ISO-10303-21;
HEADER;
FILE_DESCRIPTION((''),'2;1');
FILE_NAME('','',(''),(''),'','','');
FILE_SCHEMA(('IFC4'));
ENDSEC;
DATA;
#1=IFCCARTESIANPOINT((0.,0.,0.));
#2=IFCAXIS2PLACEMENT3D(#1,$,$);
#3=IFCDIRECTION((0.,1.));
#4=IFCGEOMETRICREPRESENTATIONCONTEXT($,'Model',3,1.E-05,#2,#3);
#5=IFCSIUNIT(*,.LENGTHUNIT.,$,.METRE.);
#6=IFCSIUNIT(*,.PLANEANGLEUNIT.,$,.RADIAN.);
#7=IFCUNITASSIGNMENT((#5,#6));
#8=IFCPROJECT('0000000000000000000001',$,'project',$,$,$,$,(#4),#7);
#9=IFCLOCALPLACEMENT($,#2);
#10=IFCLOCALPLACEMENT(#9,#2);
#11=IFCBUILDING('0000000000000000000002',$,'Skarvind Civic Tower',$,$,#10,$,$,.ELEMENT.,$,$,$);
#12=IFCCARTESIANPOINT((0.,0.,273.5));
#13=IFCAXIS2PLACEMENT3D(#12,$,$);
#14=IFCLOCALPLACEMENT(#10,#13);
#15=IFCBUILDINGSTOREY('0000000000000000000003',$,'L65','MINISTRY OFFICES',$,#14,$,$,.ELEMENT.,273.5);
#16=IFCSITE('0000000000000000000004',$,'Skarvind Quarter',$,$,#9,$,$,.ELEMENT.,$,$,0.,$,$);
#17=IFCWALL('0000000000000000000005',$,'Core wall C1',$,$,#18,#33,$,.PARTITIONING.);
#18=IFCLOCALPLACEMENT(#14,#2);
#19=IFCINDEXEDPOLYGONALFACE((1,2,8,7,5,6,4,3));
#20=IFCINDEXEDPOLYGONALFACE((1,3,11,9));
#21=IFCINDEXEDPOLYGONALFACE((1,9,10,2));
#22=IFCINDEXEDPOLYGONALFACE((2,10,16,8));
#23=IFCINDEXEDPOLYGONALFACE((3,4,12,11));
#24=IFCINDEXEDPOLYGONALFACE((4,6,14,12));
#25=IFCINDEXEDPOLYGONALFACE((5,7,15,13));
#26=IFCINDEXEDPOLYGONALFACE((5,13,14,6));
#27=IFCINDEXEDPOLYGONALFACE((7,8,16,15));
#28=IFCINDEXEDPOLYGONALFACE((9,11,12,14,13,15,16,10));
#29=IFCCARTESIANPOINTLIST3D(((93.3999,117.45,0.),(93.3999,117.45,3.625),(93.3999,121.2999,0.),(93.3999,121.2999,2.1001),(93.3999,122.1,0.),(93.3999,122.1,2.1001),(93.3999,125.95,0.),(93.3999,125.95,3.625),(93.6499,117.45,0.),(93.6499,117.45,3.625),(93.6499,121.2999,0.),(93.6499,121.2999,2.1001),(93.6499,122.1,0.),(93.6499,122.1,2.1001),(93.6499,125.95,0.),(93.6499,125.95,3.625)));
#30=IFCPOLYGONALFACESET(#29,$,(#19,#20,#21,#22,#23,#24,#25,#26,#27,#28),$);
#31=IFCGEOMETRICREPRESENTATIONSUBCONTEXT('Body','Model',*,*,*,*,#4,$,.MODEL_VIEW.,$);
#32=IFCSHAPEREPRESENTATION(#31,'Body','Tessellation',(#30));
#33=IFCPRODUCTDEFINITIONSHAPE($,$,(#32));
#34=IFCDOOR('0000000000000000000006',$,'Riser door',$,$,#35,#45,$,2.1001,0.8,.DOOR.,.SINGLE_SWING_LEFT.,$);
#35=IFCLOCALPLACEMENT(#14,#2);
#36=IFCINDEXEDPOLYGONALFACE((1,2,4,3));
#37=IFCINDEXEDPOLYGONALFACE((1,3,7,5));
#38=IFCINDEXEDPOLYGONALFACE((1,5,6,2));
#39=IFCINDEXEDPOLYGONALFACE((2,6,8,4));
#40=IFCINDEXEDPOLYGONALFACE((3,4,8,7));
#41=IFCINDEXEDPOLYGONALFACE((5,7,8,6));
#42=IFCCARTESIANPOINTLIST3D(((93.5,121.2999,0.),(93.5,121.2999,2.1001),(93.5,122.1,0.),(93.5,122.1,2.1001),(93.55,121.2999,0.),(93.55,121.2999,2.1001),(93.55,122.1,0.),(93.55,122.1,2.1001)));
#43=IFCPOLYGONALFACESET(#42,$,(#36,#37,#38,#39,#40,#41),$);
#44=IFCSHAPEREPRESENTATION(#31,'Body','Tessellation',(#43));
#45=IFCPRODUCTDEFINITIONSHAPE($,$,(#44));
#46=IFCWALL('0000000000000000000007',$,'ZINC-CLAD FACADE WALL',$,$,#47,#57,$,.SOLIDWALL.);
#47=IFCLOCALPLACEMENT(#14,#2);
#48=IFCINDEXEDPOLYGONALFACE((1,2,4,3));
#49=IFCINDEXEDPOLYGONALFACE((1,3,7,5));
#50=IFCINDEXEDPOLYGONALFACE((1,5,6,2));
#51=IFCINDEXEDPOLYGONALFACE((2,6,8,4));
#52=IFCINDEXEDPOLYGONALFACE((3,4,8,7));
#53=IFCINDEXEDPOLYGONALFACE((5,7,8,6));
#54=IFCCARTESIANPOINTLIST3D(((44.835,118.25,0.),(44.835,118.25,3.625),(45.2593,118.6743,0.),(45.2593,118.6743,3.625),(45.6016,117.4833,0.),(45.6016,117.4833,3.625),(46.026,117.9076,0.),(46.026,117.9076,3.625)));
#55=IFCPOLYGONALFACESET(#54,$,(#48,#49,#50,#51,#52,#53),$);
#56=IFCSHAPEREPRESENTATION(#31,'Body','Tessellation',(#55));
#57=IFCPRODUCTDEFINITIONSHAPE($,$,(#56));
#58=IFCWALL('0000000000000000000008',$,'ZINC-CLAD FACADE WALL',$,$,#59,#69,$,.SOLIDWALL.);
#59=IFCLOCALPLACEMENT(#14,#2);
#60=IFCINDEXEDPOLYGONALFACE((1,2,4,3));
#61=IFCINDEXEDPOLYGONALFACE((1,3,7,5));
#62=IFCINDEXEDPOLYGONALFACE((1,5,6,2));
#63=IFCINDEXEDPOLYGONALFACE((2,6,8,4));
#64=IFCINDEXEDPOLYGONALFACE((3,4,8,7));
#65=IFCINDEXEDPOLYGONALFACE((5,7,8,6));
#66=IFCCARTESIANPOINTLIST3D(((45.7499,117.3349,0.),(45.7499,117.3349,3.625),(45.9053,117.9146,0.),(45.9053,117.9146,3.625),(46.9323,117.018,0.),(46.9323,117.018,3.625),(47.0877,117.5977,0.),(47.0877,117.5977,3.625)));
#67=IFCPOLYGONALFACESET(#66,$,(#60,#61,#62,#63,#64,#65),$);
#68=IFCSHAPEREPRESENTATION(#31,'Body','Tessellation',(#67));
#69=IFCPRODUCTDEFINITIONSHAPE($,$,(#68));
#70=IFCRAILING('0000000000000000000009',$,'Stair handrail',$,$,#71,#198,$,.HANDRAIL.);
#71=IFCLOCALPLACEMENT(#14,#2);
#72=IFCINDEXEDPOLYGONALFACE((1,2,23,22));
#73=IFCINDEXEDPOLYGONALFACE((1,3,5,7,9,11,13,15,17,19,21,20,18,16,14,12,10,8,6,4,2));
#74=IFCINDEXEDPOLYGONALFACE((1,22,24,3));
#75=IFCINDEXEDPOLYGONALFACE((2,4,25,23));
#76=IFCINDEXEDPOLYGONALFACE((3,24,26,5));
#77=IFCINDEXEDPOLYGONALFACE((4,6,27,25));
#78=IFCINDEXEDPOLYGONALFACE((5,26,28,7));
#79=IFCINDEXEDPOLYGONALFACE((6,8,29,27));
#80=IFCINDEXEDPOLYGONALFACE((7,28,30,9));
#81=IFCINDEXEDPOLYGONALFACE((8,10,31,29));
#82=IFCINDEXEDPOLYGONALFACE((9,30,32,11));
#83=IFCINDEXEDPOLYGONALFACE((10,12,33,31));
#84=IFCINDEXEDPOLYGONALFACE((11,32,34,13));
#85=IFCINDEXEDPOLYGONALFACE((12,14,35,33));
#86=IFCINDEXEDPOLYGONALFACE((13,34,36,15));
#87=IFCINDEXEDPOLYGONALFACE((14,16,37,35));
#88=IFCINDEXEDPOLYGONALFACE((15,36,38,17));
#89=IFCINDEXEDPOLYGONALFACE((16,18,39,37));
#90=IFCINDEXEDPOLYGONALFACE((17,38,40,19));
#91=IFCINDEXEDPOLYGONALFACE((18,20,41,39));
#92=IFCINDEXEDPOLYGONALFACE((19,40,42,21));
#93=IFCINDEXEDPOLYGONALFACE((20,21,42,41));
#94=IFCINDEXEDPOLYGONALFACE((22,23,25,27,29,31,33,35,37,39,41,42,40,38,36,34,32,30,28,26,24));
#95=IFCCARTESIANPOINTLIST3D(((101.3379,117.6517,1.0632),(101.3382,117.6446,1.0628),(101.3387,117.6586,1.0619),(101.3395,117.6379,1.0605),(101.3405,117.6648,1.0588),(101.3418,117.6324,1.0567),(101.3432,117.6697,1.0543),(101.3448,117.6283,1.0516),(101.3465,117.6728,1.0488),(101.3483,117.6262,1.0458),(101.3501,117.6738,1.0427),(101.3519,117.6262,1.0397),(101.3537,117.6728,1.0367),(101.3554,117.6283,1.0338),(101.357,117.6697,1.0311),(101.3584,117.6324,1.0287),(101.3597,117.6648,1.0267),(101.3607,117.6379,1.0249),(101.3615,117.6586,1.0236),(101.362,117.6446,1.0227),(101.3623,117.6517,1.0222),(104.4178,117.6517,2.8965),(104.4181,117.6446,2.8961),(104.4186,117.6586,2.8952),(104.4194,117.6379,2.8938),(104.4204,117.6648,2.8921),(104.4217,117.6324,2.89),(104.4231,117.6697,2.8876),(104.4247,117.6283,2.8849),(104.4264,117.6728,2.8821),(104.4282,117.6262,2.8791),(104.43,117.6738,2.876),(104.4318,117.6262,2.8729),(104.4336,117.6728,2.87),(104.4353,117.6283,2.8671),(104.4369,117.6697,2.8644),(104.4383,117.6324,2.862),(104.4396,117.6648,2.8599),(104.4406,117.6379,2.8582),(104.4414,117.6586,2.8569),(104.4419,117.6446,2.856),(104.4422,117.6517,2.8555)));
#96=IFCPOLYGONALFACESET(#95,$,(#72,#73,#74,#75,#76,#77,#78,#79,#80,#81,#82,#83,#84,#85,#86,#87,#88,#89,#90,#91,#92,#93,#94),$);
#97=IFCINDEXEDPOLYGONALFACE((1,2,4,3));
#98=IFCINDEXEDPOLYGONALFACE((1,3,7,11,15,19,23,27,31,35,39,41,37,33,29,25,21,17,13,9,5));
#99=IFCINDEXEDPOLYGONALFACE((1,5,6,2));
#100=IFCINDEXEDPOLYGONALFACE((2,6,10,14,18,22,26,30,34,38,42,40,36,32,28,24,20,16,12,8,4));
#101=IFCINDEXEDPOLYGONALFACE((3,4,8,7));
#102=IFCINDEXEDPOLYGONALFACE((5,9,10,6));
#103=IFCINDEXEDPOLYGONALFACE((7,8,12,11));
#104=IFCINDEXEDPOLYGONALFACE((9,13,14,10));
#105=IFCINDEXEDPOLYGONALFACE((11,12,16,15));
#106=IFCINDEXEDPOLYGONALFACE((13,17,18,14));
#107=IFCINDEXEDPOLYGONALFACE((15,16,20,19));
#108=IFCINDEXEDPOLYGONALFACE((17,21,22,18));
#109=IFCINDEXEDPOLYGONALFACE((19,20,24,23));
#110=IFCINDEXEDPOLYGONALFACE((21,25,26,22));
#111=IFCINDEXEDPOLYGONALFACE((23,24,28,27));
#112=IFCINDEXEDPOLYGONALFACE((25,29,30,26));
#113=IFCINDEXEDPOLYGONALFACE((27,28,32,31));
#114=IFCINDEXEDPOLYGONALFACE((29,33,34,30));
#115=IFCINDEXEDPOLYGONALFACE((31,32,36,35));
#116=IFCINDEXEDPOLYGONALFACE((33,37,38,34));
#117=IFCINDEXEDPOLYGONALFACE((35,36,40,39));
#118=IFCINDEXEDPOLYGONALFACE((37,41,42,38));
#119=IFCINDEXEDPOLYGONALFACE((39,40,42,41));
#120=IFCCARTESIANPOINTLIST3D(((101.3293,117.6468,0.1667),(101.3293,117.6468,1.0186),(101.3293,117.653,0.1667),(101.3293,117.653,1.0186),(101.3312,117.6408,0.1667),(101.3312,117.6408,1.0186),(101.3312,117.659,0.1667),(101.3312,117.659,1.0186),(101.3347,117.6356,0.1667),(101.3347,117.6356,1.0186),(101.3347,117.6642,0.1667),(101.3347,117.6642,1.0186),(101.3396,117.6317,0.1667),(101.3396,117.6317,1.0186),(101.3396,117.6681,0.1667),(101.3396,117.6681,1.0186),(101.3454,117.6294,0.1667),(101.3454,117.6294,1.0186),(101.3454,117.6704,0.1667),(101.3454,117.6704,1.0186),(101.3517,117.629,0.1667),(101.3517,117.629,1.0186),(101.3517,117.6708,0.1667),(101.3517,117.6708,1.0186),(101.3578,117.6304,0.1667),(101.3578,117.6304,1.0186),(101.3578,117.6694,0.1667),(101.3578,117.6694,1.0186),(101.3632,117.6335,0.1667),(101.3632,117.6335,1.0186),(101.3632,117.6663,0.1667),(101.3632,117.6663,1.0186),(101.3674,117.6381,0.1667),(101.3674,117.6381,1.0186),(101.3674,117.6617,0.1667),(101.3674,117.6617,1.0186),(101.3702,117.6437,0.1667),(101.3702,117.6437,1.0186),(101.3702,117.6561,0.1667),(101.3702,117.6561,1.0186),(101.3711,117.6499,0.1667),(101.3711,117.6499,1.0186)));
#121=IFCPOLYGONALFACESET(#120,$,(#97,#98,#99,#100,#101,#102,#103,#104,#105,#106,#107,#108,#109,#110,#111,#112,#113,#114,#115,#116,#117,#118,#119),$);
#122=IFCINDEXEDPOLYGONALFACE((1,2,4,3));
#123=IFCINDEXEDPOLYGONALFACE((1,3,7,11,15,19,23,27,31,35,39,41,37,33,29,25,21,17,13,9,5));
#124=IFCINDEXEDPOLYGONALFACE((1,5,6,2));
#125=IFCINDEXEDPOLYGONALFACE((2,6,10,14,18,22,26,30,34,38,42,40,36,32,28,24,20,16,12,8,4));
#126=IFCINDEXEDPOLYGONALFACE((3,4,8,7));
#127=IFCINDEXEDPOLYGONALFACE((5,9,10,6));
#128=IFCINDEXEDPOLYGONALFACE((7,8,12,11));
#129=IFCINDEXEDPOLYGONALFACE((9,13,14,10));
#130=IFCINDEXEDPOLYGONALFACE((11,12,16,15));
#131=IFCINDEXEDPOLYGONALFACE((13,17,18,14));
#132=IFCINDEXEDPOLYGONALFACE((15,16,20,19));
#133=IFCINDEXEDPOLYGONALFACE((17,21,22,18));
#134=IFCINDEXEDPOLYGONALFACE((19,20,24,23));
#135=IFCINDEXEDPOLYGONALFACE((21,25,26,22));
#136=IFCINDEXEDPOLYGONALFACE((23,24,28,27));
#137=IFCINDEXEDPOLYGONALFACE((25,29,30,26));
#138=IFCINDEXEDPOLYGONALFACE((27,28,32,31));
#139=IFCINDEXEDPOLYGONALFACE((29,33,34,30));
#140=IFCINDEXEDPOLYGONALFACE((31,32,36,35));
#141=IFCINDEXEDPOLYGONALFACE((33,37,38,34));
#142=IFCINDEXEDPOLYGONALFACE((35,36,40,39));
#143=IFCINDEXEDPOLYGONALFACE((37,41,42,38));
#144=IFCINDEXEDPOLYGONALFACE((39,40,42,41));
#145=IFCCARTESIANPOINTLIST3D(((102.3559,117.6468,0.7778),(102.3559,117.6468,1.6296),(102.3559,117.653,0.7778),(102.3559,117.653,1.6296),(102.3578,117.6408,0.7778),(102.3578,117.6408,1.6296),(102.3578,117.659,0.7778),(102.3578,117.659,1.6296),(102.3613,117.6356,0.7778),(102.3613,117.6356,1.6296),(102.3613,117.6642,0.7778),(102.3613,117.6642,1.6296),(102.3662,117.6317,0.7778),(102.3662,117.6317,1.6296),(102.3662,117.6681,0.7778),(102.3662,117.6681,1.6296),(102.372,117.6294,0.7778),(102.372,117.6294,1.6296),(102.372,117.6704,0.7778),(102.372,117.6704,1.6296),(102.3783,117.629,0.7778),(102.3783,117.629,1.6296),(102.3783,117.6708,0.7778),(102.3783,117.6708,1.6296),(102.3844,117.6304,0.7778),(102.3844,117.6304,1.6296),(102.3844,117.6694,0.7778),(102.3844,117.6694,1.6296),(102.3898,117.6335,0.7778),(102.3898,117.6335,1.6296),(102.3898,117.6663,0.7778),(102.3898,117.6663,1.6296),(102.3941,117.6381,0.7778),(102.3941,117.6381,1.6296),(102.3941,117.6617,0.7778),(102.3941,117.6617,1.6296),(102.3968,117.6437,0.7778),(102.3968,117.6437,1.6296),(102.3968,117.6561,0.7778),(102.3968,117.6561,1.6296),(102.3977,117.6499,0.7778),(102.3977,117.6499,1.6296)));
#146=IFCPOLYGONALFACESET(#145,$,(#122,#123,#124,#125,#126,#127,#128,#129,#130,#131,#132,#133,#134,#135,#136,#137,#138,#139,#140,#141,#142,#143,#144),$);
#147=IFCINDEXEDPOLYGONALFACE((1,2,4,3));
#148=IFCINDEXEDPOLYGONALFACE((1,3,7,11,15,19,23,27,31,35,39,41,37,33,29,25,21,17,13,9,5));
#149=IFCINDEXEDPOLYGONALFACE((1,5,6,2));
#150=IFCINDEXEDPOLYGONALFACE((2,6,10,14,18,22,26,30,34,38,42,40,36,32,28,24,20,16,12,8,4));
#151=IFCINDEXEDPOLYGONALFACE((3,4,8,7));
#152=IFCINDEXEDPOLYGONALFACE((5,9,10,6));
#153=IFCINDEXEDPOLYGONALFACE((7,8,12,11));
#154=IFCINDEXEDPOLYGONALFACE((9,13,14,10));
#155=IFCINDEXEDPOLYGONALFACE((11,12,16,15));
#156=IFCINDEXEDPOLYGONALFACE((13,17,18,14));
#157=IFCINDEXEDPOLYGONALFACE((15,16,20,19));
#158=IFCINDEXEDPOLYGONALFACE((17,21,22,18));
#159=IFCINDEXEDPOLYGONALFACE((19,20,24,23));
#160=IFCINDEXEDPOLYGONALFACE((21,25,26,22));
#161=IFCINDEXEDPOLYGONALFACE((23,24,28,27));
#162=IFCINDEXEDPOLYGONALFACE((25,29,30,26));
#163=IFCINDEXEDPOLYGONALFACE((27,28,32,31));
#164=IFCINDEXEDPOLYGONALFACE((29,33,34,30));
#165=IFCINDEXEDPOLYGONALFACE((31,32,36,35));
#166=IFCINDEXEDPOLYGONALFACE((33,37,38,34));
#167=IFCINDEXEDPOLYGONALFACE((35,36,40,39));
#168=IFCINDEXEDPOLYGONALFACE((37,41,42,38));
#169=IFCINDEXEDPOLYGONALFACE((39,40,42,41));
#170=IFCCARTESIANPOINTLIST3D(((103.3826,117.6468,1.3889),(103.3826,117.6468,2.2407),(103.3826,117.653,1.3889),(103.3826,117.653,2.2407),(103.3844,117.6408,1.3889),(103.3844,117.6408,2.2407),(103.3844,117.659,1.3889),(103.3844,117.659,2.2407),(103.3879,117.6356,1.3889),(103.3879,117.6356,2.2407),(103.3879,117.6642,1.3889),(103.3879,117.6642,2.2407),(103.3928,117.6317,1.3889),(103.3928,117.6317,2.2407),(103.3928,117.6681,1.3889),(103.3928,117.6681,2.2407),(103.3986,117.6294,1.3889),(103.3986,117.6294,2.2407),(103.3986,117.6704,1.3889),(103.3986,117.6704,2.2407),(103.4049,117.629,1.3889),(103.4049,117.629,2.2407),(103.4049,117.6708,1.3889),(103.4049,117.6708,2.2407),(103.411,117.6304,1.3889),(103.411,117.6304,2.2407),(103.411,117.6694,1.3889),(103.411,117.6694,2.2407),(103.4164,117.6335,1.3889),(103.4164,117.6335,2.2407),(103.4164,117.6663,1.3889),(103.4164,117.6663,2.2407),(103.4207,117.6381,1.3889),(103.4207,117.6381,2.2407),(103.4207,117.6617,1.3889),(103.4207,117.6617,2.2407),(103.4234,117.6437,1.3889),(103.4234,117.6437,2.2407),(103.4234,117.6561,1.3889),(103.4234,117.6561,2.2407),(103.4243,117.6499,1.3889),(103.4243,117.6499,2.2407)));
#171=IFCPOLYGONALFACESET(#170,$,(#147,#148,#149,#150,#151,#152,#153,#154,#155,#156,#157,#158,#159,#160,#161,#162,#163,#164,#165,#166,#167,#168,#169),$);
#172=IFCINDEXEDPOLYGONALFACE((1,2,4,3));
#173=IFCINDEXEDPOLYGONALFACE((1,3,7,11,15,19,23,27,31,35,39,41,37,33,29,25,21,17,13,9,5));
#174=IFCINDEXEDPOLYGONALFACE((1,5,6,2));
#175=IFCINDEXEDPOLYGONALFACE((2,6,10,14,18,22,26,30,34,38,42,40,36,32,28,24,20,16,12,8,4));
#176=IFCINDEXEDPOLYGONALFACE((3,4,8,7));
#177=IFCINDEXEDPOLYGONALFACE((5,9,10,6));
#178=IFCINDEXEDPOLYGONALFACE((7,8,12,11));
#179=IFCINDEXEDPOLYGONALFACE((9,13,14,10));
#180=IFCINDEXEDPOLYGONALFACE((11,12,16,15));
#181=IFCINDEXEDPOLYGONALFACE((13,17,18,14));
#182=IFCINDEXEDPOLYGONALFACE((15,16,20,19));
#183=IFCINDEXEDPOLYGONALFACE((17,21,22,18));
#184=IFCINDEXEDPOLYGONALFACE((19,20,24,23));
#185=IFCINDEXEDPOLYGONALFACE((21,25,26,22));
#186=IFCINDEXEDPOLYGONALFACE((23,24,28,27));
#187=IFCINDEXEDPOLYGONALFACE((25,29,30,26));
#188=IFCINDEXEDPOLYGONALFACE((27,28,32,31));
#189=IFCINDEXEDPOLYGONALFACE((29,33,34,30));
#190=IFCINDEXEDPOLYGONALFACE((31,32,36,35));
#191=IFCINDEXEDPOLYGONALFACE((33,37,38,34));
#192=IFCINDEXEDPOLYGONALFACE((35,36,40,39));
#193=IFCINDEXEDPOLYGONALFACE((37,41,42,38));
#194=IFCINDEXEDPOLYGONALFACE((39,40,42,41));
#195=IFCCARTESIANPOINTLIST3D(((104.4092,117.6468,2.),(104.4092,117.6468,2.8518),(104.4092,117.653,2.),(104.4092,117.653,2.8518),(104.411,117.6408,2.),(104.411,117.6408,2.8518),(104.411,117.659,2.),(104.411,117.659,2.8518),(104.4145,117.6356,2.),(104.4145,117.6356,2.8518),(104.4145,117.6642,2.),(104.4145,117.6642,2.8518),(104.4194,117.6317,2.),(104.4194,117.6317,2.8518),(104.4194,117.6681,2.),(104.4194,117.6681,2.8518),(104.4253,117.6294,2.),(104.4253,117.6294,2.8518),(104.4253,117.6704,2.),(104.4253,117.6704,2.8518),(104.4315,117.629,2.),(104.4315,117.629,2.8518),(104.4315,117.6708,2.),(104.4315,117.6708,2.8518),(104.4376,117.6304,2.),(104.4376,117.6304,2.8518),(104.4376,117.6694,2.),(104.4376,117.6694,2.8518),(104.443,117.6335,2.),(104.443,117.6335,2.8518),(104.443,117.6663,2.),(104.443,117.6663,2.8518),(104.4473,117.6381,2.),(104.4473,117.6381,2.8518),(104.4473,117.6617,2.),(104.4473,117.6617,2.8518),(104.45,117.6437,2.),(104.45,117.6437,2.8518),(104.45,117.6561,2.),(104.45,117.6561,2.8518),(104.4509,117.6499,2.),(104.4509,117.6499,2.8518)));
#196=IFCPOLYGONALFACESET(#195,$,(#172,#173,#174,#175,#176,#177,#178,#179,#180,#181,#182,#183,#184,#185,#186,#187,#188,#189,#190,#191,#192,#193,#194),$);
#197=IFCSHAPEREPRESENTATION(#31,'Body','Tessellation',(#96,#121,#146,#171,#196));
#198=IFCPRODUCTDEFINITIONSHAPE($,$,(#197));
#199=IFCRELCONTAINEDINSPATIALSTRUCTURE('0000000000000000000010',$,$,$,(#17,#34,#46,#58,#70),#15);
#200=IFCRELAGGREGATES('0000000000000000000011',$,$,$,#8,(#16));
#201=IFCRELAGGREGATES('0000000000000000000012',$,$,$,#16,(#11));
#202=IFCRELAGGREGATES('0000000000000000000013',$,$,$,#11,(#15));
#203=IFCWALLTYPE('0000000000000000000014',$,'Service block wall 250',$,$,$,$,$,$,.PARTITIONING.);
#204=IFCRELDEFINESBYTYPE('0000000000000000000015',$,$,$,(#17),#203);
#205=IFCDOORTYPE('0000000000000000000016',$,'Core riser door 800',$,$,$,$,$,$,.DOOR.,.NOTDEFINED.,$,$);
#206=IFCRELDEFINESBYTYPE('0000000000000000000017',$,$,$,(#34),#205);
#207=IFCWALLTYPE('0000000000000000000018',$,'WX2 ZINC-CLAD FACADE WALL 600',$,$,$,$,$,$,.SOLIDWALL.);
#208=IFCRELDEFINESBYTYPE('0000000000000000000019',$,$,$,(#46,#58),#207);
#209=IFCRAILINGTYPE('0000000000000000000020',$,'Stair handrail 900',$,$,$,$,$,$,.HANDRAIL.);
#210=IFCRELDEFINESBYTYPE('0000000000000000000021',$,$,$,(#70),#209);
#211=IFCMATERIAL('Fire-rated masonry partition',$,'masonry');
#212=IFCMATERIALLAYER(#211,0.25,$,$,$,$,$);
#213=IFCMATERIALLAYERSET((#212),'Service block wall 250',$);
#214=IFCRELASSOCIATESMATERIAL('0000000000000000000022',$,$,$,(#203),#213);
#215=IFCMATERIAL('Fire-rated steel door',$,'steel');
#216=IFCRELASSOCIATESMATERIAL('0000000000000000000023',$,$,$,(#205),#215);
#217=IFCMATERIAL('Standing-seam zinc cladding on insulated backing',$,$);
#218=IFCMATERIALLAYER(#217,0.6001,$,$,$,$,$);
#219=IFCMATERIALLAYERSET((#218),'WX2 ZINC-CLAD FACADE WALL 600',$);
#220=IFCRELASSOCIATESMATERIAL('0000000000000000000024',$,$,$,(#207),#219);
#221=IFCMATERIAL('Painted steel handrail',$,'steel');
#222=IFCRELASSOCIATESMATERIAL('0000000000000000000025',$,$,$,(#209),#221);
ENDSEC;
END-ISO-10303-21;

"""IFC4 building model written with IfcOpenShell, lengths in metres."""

from ifc_helpers import new_model, si_unit, direction, frame, frame_2d, origin, origin_2d, place, context, subcontext, project, spatial, rectangle, circle, extrude, material, layer, layer_set, type_object, element, fill, save


model = new_model("IFC4")

# Units and contexts
model_context = context("Model", 3, precision=1e-05, world=origin(), true_north=direction((0.0, 1.0)))
body_context = subcontext(model_context, "Body", "Model", "MODEL_VIEW")
ifc_project = project(units=[si_unit("LENGTHUNIT", "METRE"), si_unit("PLANEANGLEUNIT", "RADIAN")], contexts=[model_context])

# Site, building, storey
site_placement = place(None, origin())
site = spatial("IfcSite", under=ifc_project, at=site_placement, Name="Skarvind Quarter", CompositionType="ELEMENT", RefElevation=0.0)
building_placement = place(site_placement, origin())
building = spatial("IfcBuilding", under=site, at=building_placement, Name="Skarvind Civic Tower", CompositionType="ELEMENT")
storey_placement = place(building_placement, frame((0.0, 0.0, 273.5)))
storey = spatial("IfcBuildingStorey", under=building, at=storey_placement, Name="L65", Description="MINISTRY OFFICES", CompositionType="ELEMENT", Elevation=273.5)

# Shared definitions
ifc_material_1 = material(Name="Fire-rated masonry partition", Category="masonry")
ifc_material_2 = material(Name="Fire-rated steel door", Category="steel")

# Wall, opening, door
ifc_layer_1 = layer(ifc_material_1, 0.25)
ifc_layer_set_1 = layer_set([ifc_layer_1], Name="Service block wall 250")
wall_type_1 = type_object("IfcWallType", Name="Service block wall 250", PredefinedType="PARTITIONING", material=ifc_layer_set_1)
wall_1_placement = place(storey_placement, frame((93.5249, 117.45, 0.0), z_axis=(0.0, 0.0, 1.0), x_axis=(0.0, 1.0, 0.0)))
wall_1 = element("IfcWall", 1, at=wall_1_placement, inside=storey, type_object=wall_type_1, Name="Core wall C1", PredefinedType="PARTITIONING", context=body_context, shape_type="SweptSolid", body=[
    extrude(rectangle(XDim=8.5, YDim=0.25, at=frame_2d((4.25, 0.0))), origin(), (0.0, 0.0, 1.0), 3.625),
])
opening_1_placement = place(wall_1_placement, frame((3.8501, 0.0, 0.0)))
opening_1 = element("IfcOpeningElement", 2, at=opening_1_placement, cuts=wall_1, PredefinedType="OPENING", context=body_context, shape_type="SweptSolid", body=[
    extrude(rectangle(XDim=0.8, YDim=2.1001, at=frame_2d((0.3999, 1.05))), frame((0.0, 0.135, 0.0), z_axis=(0.0, -1.0, 0.0), x_axis=(1.0, 0.0, 0.0)), (0.0, 0.0, 1.0), 0.27),
])
door_type_1 = type_object("IfcDoorType", Name="Core riser door 800", OperationType="NOTDEFINED", PredefinedType="DOOR", material=ifc_material_2)
door_1_placement = place(opening_1_placement, origin())
door_1 = element("IfcDoor", 3, at=door_1_placement, inside=storey, type_object=door_type_1, Name="Riser door", OperationType="SINGLE_SWING_LEFT", OverallHeight=2.1001, OverallWidth=0.8, PredefinedType="DOOR", context=body_context, shape_type="SweptSolid", body=[
    extrude(rectangle(XDim=0.8, YDim=2.1001, at=frame_2d((0.3999, 1.05))), frame((0.0, 0.0249, 0.0), z_axis=(0.0, -1.0, 0.0), x_axis=(1.0, 0.0, 0.0)), (0.0, 0.0, 1.0), 0.05),
])
fill(opening_1, door_1)

# Walls
ifc_material_3 = material(Name="Standing-seam zinc cladding on insulated backing")
ifc_layer_2 = layer(ifc_material_3, 0.6001)
ifc_layer_set_2 = layer_set([ifc_layer_2], Name="WX2 ZINC-CLAD FACADE WALL 600")
wall_type_2 = type_object("IfcWallType", Name="WX2 ZINC-CLAD FACADE WALL 600", PredefinedType="SOLIDWALL", material=ifc_layer_set_2)
wall_2_placement = place(storey_placement, frame((45.8137, 117.6956, 0.0), z_axis=(0.0, 0.0, 1.0), x_axis=(-0.707107, 0.707107, 0.0)))
element("IfcWall", 4, at=wall_2_placement, inside=storey, type_object=wall_type_2, Name="ZINC-CLAD FACADE WALL", PredefinedType="SOLIDWALL", context=body_context, shape_type="SweptSolid", body=[
    extrude(rectangle(XDim=1.0842, YDim=0.6001, at=frame_2d((0.542, 0.0))), origin(), (0.0, 0.0, 1.0), 3.625),
])
wall_3_placement = place(storey_placement, frame((47.01, 117.3079, 0.0), z_axis=(0.0, 0.0, 1.0), x_axis=(-0.96591, 0.258879, 0.0)))
element("IfcWall", 5, at=wall_3_placement, inside=storey, type_object=wall_type_2, Name="ZINC-CLAD FACADE WALL", PredefinedType="SOLIDWALL", context=body_context, shape_type="SweptSolid", body=[
    extrude(rectangle(XDim=1.2241, YDim=0.6001, at=frame_2d((0.6121, 0.0))), origin(), (0.0, 0.0, 1.0), 3.625),
])

# Railing
ifc_material_4 = material(Name="Painted steel handrail", Category="steel")
railing_type = type_object("IfcRailingType", Name="Stair handrail 900", PredefinedType="HANDRAIL", material=ifc_material_4)
railing_placement = place(storey_placement, frame((101.3501, 117.6499, 0.1667)))
element("IfcRailing", 6, at=railing_placement, inside=storey, type_object=railing_type, Name="Stair handrail", PredefinedType="HANDRAIL", context=body_context, shape_type="SweptSolid", body=[
    extrude(circle(Radius=0.0239, at=origin_2d()), frame((0.0, 0.0, 0.876), z_axis=(0.859291, 0.0, 0.511487), x_axis=(0.0, 1.0, 0.0)), (0.0, 0.0, 1.0), 3.5842),
    extrude(circle(Radius=0.021, at=origin_2d()), origin(), (0.0, 0.0, 1.0), 0.8518),
    extrude(circle(Radius=0.021, at=origin_2d()), frame((1.0266, 0.0, 0.6111)), (0.0, 0.0, 1.0), 0.8518),
    extrude(circle(Radius=0.021, at=origin_2d()), frame((2.0532, 0.0, 1.2222)), (0.0, 0.0, 1.0), 0.8518),
    extrude(circle(Radius=0.021, at=origin_2d()), frame((3.0798, 0.0, 1.8333)), (0.0, 0.0, 1.0), 0.8518),
])

save(model, "model.ifc")
